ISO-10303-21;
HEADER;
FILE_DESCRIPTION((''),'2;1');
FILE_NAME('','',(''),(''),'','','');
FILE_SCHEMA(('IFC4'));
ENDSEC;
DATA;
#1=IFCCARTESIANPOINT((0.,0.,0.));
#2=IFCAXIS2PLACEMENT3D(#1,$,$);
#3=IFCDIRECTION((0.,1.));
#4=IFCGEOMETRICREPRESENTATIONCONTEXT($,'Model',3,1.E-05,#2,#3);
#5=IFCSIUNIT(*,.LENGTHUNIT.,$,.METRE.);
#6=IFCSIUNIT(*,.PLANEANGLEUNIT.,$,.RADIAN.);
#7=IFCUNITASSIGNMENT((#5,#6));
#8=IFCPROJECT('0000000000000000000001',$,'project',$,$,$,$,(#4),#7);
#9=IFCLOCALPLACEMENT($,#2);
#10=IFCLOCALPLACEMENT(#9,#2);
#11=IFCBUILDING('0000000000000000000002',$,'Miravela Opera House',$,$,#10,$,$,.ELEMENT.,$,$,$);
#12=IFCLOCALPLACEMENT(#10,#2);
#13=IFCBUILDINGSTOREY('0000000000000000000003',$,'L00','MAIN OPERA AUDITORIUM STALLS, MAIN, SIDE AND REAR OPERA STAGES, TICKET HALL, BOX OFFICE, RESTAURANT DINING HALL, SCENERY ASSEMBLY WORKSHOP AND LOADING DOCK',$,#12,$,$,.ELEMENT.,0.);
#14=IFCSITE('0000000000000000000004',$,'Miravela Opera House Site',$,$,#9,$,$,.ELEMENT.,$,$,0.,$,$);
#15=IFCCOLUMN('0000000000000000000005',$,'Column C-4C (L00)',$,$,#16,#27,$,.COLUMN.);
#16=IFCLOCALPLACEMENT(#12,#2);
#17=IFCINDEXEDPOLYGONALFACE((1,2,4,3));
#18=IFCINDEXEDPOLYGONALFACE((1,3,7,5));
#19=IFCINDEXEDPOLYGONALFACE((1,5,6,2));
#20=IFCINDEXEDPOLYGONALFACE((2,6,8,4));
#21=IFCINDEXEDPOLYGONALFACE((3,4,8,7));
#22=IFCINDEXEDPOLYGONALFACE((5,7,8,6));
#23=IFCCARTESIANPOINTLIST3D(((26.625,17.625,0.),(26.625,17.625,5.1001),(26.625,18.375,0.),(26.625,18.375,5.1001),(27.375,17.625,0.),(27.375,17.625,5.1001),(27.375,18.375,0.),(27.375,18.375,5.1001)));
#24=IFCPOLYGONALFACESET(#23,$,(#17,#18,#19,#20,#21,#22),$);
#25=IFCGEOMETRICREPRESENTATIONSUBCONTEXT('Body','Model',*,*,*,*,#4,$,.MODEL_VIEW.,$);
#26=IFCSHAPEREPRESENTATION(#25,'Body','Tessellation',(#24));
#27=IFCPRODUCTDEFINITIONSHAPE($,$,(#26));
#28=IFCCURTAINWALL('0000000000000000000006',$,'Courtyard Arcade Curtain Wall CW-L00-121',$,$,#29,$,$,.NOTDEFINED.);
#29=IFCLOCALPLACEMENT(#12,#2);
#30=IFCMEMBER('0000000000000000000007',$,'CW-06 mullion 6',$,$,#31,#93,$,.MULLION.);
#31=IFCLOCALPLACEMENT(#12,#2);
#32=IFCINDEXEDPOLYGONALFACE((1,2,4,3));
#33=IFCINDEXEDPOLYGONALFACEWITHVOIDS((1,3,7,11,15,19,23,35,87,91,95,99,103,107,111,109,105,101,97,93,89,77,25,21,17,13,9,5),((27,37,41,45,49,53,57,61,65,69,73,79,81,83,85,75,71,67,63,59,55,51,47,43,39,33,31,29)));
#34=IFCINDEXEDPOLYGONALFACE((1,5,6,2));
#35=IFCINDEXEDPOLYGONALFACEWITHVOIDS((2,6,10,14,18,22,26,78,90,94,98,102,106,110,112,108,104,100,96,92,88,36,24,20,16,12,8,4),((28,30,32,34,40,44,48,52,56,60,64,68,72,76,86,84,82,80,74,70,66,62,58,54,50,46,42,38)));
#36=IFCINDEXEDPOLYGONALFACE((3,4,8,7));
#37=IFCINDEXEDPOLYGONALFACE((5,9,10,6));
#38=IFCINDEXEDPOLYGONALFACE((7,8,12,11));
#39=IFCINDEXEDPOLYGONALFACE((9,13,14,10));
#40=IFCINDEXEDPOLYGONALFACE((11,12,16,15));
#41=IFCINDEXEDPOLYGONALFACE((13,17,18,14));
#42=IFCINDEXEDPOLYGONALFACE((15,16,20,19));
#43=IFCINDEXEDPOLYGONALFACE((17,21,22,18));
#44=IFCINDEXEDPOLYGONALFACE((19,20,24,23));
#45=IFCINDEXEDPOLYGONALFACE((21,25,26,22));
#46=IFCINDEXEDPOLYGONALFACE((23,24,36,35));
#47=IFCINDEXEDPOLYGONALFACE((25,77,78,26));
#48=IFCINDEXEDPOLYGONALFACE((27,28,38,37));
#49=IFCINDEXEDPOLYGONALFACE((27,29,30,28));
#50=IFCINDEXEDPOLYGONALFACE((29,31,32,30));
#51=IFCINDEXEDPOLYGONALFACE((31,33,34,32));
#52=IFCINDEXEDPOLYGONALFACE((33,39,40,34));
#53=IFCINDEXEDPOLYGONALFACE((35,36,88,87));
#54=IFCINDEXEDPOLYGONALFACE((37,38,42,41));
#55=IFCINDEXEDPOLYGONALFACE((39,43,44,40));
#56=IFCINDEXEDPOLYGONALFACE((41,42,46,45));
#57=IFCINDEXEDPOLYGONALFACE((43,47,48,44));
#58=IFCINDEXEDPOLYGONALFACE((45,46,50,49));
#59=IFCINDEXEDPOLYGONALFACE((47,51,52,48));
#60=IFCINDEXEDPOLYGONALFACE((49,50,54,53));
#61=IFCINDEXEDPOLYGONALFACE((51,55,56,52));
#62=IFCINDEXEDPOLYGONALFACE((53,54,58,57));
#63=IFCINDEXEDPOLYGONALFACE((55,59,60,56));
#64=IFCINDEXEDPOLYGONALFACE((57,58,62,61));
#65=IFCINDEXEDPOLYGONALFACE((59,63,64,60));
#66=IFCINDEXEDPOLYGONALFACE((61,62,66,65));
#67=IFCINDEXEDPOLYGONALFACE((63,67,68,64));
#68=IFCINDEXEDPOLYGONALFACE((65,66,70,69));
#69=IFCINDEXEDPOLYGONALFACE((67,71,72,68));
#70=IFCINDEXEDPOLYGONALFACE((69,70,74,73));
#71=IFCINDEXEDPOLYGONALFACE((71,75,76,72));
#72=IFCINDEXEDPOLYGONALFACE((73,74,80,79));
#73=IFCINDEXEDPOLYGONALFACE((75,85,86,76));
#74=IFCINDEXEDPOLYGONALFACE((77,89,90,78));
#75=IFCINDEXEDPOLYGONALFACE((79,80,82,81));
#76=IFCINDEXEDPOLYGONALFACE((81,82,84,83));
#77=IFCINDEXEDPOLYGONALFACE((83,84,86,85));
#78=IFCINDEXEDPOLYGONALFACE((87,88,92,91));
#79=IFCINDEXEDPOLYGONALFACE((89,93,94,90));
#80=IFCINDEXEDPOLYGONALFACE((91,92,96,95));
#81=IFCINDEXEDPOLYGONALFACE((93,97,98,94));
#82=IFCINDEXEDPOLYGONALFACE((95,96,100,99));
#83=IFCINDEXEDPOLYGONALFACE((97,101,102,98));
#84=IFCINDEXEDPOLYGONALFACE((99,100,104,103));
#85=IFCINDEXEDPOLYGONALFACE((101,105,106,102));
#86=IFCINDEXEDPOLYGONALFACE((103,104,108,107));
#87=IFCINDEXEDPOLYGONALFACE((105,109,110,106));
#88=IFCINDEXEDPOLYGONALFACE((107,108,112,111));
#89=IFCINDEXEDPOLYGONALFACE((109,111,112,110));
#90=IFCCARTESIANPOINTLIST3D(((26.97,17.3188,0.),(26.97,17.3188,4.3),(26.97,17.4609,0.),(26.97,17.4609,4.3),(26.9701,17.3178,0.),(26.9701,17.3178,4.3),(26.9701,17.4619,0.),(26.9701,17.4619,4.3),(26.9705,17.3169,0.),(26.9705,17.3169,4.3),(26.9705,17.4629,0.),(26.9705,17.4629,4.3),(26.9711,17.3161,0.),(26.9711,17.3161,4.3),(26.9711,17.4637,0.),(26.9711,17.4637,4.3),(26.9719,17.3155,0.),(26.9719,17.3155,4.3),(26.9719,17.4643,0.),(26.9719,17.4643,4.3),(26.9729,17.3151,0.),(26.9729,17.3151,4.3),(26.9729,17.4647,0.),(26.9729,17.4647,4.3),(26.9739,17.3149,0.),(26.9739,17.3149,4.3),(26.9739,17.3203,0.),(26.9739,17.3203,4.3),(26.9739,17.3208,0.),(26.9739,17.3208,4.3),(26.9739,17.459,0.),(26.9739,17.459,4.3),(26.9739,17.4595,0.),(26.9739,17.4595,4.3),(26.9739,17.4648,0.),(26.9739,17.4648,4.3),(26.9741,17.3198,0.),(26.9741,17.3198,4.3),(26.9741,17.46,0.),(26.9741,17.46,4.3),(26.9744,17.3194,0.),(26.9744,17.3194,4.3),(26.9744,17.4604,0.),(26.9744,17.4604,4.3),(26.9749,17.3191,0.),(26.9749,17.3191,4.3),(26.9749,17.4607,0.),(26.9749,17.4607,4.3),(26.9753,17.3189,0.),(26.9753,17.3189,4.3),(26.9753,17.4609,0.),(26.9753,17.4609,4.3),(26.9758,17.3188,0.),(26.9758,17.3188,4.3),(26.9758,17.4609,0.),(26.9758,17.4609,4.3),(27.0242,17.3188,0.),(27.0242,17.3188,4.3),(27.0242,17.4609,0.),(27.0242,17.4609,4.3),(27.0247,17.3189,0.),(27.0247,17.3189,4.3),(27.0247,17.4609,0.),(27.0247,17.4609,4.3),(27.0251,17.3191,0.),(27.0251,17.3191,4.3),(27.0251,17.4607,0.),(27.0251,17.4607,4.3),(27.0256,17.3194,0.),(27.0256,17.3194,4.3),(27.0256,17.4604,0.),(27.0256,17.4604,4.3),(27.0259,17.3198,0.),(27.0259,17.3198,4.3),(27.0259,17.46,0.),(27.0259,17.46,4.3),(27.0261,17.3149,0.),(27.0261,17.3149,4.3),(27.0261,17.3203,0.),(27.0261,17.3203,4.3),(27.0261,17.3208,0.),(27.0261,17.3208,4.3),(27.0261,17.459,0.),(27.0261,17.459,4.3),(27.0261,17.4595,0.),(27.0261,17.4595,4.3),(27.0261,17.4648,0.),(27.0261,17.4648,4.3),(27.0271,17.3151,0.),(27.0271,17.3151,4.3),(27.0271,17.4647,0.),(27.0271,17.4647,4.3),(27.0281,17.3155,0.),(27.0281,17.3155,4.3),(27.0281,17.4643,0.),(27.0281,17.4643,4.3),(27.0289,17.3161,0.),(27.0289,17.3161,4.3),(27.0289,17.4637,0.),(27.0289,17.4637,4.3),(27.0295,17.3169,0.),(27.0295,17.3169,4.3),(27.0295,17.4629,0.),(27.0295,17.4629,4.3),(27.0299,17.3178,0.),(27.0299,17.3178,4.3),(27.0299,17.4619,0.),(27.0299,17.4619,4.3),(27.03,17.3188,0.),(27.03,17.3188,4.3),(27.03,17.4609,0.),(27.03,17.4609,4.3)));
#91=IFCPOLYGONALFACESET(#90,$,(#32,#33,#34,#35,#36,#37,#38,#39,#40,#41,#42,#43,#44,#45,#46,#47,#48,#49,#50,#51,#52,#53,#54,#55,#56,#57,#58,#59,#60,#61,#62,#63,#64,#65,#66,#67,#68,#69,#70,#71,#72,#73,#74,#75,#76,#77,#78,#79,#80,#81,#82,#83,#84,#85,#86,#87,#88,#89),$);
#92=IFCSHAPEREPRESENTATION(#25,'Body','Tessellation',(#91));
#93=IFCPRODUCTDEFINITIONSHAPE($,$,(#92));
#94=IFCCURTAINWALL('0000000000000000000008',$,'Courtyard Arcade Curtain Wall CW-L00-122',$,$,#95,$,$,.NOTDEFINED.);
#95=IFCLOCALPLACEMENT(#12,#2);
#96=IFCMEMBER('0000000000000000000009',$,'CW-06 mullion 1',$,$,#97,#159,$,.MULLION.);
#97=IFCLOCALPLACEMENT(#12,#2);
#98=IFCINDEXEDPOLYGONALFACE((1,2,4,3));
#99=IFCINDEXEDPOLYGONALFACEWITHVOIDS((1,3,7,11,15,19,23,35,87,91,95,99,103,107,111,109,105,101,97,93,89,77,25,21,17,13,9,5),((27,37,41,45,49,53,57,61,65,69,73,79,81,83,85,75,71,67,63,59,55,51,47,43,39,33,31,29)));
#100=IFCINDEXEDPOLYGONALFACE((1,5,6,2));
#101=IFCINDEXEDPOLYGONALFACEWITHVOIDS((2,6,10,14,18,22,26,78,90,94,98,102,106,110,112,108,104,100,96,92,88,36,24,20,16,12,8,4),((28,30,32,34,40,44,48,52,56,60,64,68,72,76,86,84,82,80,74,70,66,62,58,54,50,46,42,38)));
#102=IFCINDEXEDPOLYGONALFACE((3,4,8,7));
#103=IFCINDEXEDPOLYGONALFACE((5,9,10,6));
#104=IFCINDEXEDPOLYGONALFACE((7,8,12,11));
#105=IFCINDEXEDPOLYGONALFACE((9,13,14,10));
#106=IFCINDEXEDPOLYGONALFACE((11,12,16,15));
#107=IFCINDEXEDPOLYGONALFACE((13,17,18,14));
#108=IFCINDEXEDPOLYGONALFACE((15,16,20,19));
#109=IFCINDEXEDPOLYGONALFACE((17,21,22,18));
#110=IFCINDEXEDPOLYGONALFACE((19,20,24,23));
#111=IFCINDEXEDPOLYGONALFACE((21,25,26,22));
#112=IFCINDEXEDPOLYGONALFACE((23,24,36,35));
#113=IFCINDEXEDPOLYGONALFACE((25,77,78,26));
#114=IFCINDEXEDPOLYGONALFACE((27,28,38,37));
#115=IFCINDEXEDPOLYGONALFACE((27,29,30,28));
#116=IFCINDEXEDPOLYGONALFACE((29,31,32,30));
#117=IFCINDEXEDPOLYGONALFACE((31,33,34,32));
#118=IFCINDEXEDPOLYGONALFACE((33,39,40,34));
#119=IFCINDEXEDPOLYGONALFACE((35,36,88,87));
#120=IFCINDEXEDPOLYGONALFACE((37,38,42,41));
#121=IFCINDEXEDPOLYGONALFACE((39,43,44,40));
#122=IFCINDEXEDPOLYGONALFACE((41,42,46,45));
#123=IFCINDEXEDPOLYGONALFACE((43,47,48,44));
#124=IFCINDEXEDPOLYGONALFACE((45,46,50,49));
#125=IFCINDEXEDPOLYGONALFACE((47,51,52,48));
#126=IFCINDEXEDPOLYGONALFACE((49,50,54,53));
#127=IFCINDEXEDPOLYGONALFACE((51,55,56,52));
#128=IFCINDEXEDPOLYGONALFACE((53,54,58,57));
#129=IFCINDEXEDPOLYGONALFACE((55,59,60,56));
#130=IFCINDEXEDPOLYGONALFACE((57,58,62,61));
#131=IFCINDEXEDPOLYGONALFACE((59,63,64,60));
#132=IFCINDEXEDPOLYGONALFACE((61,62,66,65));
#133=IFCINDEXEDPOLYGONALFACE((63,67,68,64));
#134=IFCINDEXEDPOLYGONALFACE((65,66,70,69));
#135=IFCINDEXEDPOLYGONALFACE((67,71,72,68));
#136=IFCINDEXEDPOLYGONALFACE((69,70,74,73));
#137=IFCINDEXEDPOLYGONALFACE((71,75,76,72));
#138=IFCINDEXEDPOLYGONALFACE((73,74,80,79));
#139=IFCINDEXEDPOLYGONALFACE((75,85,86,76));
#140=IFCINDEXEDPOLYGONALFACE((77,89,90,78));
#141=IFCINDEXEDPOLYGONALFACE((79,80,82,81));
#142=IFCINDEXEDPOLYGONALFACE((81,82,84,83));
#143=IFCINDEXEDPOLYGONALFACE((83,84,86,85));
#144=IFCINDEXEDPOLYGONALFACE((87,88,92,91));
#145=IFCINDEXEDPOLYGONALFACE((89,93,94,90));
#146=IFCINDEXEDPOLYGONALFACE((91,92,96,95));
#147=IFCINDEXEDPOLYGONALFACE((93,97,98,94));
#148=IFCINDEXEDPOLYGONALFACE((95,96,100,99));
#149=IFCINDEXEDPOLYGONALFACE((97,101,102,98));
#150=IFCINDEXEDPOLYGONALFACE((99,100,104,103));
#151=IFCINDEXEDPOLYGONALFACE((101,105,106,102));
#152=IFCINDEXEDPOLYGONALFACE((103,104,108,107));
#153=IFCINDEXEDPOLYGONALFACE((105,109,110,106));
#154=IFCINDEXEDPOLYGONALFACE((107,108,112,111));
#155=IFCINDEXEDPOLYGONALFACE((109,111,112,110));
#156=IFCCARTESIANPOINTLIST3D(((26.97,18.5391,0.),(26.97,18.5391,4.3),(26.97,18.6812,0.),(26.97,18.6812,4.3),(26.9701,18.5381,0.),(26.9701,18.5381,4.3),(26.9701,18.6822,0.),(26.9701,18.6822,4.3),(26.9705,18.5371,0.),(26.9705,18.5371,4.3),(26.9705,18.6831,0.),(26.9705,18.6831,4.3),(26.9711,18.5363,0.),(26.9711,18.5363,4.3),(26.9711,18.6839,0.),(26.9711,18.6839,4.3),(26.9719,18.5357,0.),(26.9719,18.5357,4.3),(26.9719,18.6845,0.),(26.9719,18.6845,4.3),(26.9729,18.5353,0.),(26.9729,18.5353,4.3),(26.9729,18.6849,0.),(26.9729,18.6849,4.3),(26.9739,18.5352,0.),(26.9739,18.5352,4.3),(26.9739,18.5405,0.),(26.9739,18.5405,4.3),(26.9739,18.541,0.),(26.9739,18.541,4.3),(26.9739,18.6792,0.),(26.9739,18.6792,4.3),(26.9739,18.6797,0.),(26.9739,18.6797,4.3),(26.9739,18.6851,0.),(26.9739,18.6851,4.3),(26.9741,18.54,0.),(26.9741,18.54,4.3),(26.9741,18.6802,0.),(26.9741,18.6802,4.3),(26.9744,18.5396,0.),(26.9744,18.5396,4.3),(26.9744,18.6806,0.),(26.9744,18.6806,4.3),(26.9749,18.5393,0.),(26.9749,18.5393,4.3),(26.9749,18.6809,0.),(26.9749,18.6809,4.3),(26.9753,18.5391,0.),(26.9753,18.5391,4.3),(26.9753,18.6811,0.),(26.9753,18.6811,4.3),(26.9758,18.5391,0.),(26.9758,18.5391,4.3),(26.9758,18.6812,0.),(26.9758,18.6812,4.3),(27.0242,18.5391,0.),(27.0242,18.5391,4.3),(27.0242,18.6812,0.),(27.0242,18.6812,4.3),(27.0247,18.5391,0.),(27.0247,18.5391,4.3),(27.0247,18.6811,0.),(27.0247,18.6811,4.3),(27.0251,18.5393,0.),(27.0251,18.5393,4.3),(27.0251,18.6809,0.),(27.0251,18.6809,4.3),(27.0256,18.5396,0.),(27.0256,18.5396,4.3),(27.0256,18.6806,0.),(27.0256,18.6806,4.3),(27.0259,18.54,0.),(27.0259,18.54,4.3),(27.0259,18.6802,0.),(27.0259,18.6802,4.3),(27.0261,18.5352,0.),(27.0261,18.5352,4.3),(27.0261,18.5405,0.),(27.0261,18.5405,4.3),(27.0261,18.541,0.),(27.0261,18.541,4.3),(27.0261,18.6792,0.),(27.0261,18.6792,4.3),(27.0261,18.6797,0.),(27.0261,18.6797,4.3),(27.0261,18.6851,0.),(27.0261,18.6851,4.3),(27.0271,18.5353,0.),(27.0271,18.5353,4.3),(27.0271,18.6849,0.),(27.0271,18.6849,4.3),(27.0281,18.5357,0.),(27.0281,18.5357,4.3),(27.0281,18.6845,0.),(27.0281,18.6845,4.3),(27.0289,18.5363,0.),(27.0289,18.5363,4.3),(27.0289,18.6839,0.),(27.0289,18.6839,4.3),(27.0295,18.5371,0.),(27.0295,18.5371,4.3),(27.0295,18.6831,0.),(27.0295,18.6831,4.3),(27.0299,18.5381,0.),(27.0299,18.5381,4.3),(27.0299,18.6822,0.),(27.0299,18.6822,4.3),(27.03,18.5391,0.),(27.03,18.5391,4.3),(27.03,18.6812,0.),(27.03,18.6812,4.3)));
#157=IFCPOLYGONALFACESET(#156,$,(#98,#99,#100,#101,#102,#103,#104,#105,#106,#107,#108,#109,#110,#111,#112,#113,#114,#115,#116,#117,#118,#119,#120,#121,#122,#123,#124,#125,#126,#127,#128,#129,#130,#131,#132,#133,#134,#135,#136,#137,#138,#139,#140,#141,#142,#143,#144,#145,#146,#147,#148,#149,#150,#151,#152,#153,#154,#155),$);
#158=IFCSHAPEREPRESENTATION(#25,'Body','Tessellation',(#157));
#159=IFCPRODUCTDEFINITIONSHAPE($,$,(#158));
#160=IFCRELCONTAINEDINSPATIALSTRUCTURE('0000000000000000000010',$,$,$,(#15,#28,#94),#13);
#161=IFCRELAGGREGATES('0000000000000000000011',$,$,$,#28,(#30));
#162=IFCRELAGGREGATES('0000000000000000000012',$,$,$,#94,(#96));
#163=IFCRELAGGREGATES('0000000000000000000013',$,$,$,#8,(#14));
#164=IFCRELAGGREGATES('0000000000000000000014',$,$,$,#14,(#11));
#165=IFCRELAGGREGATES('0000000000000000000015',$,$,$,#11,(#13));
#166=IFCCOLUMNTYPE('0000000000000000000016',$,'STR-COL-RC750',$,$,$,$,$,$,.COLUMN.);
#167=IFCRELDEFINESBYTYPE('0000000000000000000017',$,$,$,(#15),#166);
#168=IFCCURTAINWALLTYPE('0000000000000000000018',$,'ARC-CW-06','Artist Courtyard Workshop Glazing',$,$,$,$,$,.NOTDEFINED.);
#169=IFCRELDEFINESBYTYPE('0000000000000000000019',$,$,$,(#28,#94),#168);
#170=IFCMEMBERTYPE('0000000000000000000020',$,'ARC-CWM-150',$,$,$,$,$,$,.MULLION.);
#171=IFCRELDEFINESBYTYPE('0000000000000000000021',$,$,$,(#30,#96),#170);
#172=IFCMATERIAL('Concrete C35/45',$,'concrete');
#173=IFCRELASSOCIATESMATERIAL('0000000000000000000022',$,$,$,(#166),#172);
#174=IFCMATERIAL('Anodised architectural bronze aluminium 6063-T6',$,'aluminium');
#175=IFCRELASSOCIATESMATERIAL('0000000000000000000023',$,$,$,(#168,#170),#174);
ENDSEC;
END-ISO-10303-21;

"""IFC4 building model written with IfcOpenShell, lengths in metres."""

from ifc_helpers import new_model, si_unit, direction, frame, origin, origin_2d, place, context, subcontext, project, spatial, rectangle, hollow_rectangle, extrude, material, material_profile, profile_set, type_object, element, aggregate, save


model = new_model("IFC4")

# Units and contexts
model_context = context("Model", 3, precision=1e-05, world=origin(), true_north=direction((0.0, 1.0)))
body_context = subcontext(model_context, "Body", "Model", "MODEL_VIEW")
ifc_project = project(units=[si_unit("LENGTHUNIT", "METRE"), si_unit("PLANEANGLEUNIT", "RADIAN")], contexts=[model_context])

# Site, building, storey
site_placement = place(None, origin())
site = spatial("IfcSite", under=ifc_project, at=site_placement, Name="Miravela Opera House Site", CompositionType="ELEMENT", RefElevation=0.0)
building_placement = place(site_placement, origin())
building = spatial("IfcBuilding", under=site, at=building_placement, Name="Miravela Opera House", CompositionType="ELEMENT")
storey_placement = place(building_placement, origin())
storey = spatial("IfcBuildingStorey", under=building, at=storey_placement, Name="L00", Description="MAIN OPERA AUDITORIUM STALLS, MAIN, SIDE AND REAR OPERA STAGES, TICKET HALL, BOX OFFICE, RESTAURANT DINING HALL, SCENERY ASSEMBLY WORKSHOP AND LOADING DOCK", CompositionType="ELEMENT", Elevation=0.0)

# Column
ifc_material_1 = material(Name="Concrete C35/45", Category="concrete")
ifc_material_profile_1 = material_profile(ifc_material_1, rectangle(XDim=0.75, YDim=0.75, at=origin_2d()), Name="RC-COL-750X750")
ifc_profile_set_1 = profile_set([ifc_material_profile_1])
column_type = type_object("IfcColumnType", Name="STR-COL-RC750", PredefinedType="COLUMN", material=ifc_profile_set_1)
column_placement = place(storey_placement, frame((27.0, 18.0, 0.0), z_axis=(0.0, 0.0, 1.0), x_axis=(1.0, 0.0, 0.0)))
element("IfcColumn", 1, at=column_placement, inside=storey, type_object=column_type, Name="Column C-4C (L00)", PredefinedType="COLUMN", context=body_context, shape_type="SweptSolid", body=[
    extrude(rectangle(XDim=0.75, YDim=0.75, at=origin_2d()), origin(), (0.0, 0.0, 1.0), 5.1001),
])

# Curtain wall, member
ifc_material_2 = material(Name="Anodised architectural bronze aluminium 6063-T6", Category="aluminium")
curtain_wall_type = type_object("IfcCurtainWallType", Name="ARC-CW-06", Description="Artist Courtyard Workshop Glazing", PredefinedType="NOTDEFINED", material=ifc_material_2)
curtain_wall_1_placement = place(storey_placement, origin())
curtain_wall_1 = element("IfcCurtainWall", 2, at=curtain_wall_1_placement, inside=storey, type_object=curtain_wall_type, Name="Courtyard Arcade Curtain Wall CW-L00-121", PredefinedType="NOTDEFINED")
ifc_material_profile_2 = material_profile(ifc_material_2, hollow_rectangle(XDim=0.0601, YDim=0.1499, WallThickness=0.0039, InnerFilletRadius=0.002, OuterFilletRadius=0.0039, at=origin_2d()), Name="CWM-60X150")
ifc_profile_set_2 = profile_set([ifc_material_profile_2])
member_type_1 = type_object("IfcMemberType", Name="ARC-CWM-150", PredefinedType="MULLION", material=ifc_profile_set_2)
member_1_placement = place(storey_placement, frame((27.0, 17.3899, 0.0), z_axis=(0.0, 0.0, 1.0), x_axis=(-1.0, 0.0, 0.0)))
member_1 = element("IfcMember", 3, at=member_1_placement, type_object=member_type_1, Name="CW-06 mullion 6", PredefinedType="MULLION", context=body_context, shape_type="SweptSolid", body=[
    extrude(hollow_rectangle(XDim=0.0601, YDim=0.1499, WallThickness=0.0039, InnerFilletRadius=0.002, OuterFilletRadius=0.0039, at=origin_2d()), origin(), (0.0, 0.0, 1.0), 4.3),
])

# Curtain wall, member
curtain_wall_2_placement = place(storey_placement, origin())
curtain_wall_2 = element("IfcCurtainWall", 4, at=curtain_wall_2_placement, inside=storey, type_object=curtain_wall_type, Name="Courtyard Arcade Curtain Wall CW-L00-122", PredefinedType="NOTDEFINED")
member_2_placement = place(storey_placement, frame((27.0, 18.6101, 0.0), z_axis=(0.0, 0.0, 1.0), x_axis=(-1.0, 0.0, 0.0)))
member_2 = element("IfcMember", 5, at=member_2_placement, type_object=member_type_1, Name="CW-06 mullion 1", PredefinedType="MULLION", context=body_context, shape_type="SweptSolid", body=[
    extrude(hollow_rectangle(XDim=0.0601, YDim=0.1499, WallThickness=0.0039, InnerFilletRadius=0.002, OuterFilletRadius=0.0039, at=origin_2d()), origin(), (0.0, 0.0, 1.0), 4.3),
])

aggregate(curtain_wall_1, [member_1])
aggregate(curtain_wall_2, [member_2])

save(model, "model.ifc")
